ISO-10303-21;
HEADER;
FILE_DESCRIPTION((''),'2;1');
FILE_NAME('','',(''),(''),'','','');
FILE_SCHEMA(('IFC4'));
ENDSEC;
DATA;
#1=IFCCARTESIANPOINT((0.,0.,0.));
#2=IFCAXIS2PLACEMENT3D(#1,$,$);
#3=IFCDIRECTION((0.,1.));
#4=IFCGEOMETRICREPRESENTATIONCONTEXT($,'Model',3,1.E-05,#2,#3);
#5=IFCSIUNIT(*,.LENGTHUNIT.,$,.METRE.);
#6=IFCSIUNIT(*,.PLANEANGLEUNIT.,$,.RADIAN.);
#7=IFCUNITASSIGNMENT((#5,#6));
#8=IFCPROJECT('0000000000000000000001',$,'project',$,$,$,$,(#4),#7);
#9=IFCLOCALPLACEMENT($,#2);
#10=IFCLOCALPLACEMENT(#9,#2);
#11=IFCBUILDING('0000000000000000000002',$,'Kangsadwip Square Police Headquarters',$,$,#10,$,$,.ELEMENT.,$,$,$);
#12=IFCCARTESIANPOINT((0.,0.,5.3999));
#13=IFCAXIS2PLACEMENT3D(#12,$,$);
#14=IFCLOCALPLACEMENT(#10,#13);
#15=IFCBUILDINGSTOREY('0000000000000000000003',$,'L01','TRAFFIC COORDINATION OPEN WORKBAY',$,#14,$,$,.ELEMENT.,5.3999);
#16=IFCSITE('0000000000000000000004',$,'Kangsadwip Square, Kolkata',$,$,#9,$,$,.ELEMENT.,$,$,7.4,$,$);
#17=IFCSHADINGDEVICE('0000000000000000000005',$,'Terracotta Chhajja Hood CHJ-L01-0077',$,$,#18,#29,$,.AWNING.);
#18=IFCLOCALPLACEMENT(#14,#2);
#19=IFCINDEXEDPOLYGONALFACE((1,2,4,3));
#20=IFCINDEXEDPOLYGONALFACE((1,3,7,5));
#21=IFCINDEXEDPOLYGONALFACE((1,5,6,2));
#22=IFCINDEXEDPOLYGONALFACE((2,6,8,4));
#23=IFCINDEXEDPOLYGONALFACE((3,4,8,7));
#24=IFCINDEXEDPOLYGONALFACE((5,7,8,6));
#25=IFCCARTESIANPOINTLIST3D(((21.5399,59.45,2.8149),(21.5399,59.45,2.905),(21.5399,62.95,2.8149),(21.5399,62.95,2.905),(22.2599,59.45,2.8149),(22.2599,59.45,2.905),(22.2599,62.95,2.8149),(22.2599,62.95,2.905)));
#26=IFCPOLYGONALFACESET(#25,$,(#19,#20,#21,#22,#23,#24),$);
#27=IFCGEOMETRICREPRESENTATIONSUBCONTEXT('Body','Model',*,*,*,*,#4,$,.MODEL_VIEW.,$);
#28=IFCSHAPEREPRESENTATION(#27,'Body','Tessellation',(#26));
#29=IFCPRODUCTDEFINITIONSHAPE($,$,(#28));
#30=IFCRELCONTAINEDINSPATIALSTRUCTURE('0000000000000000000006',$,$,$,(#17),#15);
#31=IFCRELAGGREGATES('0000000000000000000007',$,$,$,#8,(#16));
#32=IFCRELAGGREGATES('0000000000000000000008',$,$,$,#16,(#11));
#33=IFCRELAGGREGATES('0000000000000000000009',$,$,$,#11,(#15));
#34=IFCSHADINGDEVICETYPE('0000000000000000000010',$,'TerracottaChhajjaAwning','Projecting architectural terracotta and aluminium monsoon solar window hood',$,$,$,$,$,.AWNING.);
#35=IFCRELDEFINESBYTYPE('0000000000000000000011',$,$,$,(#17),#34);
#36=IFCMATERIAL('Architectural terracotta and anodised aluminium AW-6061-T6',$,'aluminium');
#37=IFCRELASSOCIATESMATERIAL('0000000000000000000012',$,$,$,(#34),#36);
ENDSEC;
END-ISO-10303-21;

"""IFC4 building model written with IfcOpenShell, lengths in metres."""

from ifc_helpers import new_model, si_unit, direction, frame, origin, origin_2d, place, context, subcontext, project, spatial, rectangle, extrude, material, type_object, element, save


model = new_model("IFC4")

# Units and contexts
model_context = context("Model", 3, precision=1e-05, world=origin(), true_north=direction((0.0, 1.0)))
body_context = subcontext(model_context, "Body", "Model", "MODEL_VIEW")
ifc_project = project(units=[si_unit("LENGTHUNIT", "METRE"), si_unit("PLANEANGLEUNIT", "RADIAN")], contexts=[model_context])

# Site, building, storey
site_placement = place(None, origin())
site = spatial("IfcSite", under=ifc_project, at=site_placement, Name="Kangsadwip Square, Kolkata", CompositionType="ELEMENT", RefElevation=7.4)
building_placement = place(site_placement, origin())
building = spatial("IfcBuilding", under=site, at=building_placement, Name="Kangsadwip Square Police Headquarters", CompositionType="ELEMENT")
storey_placement = place(building_placement, frame((0.0, 0.0, 5.3999)))
storey = spatial("IfcBuildingStorey", under=building, at=storey_placement, Name="L01", Description="TRAFFIC COORDINATION OPEN WORKBAY", CompositionType="ELEMENT", Elevation=5.3999)

# Shading device
ifc_material_1 = material(Name="Architectural terracotta and anodised aluminium AW-6061-T6", Category="aluminium")
shading_device_type = type_object("IfcShadingDeviceType", Name="TerracottaChhajjaAwning", Description="Projecting architectural terracotta and aluminium monsoon solar window hood", PredefinedType="AWNING", material=ifc_material_1)
shading_device_placement = place(storey_placement, frame((21.8999, 61.2, 2.8149), z_axis=(0.0, 0.0, 1.0), x_axis=(0.0, 1.0, 0.0)))
element("IfcShadingDevice", 1, at=shading_device_placement, inside=storey, type_object=shading_device_type, Name="Terracotta Chhajja Hood CHJ-L01-0077", PredefinedType="AWNING", context=body_context, shape_type="SweptSolid", body=[
    extrude(rectangle(XDim=3.5, YDim=0.72, at=origin_2d()), origin(), (0.0, 0.0, 1.0), 0.0901),
])

save(model, "model.ifc")
